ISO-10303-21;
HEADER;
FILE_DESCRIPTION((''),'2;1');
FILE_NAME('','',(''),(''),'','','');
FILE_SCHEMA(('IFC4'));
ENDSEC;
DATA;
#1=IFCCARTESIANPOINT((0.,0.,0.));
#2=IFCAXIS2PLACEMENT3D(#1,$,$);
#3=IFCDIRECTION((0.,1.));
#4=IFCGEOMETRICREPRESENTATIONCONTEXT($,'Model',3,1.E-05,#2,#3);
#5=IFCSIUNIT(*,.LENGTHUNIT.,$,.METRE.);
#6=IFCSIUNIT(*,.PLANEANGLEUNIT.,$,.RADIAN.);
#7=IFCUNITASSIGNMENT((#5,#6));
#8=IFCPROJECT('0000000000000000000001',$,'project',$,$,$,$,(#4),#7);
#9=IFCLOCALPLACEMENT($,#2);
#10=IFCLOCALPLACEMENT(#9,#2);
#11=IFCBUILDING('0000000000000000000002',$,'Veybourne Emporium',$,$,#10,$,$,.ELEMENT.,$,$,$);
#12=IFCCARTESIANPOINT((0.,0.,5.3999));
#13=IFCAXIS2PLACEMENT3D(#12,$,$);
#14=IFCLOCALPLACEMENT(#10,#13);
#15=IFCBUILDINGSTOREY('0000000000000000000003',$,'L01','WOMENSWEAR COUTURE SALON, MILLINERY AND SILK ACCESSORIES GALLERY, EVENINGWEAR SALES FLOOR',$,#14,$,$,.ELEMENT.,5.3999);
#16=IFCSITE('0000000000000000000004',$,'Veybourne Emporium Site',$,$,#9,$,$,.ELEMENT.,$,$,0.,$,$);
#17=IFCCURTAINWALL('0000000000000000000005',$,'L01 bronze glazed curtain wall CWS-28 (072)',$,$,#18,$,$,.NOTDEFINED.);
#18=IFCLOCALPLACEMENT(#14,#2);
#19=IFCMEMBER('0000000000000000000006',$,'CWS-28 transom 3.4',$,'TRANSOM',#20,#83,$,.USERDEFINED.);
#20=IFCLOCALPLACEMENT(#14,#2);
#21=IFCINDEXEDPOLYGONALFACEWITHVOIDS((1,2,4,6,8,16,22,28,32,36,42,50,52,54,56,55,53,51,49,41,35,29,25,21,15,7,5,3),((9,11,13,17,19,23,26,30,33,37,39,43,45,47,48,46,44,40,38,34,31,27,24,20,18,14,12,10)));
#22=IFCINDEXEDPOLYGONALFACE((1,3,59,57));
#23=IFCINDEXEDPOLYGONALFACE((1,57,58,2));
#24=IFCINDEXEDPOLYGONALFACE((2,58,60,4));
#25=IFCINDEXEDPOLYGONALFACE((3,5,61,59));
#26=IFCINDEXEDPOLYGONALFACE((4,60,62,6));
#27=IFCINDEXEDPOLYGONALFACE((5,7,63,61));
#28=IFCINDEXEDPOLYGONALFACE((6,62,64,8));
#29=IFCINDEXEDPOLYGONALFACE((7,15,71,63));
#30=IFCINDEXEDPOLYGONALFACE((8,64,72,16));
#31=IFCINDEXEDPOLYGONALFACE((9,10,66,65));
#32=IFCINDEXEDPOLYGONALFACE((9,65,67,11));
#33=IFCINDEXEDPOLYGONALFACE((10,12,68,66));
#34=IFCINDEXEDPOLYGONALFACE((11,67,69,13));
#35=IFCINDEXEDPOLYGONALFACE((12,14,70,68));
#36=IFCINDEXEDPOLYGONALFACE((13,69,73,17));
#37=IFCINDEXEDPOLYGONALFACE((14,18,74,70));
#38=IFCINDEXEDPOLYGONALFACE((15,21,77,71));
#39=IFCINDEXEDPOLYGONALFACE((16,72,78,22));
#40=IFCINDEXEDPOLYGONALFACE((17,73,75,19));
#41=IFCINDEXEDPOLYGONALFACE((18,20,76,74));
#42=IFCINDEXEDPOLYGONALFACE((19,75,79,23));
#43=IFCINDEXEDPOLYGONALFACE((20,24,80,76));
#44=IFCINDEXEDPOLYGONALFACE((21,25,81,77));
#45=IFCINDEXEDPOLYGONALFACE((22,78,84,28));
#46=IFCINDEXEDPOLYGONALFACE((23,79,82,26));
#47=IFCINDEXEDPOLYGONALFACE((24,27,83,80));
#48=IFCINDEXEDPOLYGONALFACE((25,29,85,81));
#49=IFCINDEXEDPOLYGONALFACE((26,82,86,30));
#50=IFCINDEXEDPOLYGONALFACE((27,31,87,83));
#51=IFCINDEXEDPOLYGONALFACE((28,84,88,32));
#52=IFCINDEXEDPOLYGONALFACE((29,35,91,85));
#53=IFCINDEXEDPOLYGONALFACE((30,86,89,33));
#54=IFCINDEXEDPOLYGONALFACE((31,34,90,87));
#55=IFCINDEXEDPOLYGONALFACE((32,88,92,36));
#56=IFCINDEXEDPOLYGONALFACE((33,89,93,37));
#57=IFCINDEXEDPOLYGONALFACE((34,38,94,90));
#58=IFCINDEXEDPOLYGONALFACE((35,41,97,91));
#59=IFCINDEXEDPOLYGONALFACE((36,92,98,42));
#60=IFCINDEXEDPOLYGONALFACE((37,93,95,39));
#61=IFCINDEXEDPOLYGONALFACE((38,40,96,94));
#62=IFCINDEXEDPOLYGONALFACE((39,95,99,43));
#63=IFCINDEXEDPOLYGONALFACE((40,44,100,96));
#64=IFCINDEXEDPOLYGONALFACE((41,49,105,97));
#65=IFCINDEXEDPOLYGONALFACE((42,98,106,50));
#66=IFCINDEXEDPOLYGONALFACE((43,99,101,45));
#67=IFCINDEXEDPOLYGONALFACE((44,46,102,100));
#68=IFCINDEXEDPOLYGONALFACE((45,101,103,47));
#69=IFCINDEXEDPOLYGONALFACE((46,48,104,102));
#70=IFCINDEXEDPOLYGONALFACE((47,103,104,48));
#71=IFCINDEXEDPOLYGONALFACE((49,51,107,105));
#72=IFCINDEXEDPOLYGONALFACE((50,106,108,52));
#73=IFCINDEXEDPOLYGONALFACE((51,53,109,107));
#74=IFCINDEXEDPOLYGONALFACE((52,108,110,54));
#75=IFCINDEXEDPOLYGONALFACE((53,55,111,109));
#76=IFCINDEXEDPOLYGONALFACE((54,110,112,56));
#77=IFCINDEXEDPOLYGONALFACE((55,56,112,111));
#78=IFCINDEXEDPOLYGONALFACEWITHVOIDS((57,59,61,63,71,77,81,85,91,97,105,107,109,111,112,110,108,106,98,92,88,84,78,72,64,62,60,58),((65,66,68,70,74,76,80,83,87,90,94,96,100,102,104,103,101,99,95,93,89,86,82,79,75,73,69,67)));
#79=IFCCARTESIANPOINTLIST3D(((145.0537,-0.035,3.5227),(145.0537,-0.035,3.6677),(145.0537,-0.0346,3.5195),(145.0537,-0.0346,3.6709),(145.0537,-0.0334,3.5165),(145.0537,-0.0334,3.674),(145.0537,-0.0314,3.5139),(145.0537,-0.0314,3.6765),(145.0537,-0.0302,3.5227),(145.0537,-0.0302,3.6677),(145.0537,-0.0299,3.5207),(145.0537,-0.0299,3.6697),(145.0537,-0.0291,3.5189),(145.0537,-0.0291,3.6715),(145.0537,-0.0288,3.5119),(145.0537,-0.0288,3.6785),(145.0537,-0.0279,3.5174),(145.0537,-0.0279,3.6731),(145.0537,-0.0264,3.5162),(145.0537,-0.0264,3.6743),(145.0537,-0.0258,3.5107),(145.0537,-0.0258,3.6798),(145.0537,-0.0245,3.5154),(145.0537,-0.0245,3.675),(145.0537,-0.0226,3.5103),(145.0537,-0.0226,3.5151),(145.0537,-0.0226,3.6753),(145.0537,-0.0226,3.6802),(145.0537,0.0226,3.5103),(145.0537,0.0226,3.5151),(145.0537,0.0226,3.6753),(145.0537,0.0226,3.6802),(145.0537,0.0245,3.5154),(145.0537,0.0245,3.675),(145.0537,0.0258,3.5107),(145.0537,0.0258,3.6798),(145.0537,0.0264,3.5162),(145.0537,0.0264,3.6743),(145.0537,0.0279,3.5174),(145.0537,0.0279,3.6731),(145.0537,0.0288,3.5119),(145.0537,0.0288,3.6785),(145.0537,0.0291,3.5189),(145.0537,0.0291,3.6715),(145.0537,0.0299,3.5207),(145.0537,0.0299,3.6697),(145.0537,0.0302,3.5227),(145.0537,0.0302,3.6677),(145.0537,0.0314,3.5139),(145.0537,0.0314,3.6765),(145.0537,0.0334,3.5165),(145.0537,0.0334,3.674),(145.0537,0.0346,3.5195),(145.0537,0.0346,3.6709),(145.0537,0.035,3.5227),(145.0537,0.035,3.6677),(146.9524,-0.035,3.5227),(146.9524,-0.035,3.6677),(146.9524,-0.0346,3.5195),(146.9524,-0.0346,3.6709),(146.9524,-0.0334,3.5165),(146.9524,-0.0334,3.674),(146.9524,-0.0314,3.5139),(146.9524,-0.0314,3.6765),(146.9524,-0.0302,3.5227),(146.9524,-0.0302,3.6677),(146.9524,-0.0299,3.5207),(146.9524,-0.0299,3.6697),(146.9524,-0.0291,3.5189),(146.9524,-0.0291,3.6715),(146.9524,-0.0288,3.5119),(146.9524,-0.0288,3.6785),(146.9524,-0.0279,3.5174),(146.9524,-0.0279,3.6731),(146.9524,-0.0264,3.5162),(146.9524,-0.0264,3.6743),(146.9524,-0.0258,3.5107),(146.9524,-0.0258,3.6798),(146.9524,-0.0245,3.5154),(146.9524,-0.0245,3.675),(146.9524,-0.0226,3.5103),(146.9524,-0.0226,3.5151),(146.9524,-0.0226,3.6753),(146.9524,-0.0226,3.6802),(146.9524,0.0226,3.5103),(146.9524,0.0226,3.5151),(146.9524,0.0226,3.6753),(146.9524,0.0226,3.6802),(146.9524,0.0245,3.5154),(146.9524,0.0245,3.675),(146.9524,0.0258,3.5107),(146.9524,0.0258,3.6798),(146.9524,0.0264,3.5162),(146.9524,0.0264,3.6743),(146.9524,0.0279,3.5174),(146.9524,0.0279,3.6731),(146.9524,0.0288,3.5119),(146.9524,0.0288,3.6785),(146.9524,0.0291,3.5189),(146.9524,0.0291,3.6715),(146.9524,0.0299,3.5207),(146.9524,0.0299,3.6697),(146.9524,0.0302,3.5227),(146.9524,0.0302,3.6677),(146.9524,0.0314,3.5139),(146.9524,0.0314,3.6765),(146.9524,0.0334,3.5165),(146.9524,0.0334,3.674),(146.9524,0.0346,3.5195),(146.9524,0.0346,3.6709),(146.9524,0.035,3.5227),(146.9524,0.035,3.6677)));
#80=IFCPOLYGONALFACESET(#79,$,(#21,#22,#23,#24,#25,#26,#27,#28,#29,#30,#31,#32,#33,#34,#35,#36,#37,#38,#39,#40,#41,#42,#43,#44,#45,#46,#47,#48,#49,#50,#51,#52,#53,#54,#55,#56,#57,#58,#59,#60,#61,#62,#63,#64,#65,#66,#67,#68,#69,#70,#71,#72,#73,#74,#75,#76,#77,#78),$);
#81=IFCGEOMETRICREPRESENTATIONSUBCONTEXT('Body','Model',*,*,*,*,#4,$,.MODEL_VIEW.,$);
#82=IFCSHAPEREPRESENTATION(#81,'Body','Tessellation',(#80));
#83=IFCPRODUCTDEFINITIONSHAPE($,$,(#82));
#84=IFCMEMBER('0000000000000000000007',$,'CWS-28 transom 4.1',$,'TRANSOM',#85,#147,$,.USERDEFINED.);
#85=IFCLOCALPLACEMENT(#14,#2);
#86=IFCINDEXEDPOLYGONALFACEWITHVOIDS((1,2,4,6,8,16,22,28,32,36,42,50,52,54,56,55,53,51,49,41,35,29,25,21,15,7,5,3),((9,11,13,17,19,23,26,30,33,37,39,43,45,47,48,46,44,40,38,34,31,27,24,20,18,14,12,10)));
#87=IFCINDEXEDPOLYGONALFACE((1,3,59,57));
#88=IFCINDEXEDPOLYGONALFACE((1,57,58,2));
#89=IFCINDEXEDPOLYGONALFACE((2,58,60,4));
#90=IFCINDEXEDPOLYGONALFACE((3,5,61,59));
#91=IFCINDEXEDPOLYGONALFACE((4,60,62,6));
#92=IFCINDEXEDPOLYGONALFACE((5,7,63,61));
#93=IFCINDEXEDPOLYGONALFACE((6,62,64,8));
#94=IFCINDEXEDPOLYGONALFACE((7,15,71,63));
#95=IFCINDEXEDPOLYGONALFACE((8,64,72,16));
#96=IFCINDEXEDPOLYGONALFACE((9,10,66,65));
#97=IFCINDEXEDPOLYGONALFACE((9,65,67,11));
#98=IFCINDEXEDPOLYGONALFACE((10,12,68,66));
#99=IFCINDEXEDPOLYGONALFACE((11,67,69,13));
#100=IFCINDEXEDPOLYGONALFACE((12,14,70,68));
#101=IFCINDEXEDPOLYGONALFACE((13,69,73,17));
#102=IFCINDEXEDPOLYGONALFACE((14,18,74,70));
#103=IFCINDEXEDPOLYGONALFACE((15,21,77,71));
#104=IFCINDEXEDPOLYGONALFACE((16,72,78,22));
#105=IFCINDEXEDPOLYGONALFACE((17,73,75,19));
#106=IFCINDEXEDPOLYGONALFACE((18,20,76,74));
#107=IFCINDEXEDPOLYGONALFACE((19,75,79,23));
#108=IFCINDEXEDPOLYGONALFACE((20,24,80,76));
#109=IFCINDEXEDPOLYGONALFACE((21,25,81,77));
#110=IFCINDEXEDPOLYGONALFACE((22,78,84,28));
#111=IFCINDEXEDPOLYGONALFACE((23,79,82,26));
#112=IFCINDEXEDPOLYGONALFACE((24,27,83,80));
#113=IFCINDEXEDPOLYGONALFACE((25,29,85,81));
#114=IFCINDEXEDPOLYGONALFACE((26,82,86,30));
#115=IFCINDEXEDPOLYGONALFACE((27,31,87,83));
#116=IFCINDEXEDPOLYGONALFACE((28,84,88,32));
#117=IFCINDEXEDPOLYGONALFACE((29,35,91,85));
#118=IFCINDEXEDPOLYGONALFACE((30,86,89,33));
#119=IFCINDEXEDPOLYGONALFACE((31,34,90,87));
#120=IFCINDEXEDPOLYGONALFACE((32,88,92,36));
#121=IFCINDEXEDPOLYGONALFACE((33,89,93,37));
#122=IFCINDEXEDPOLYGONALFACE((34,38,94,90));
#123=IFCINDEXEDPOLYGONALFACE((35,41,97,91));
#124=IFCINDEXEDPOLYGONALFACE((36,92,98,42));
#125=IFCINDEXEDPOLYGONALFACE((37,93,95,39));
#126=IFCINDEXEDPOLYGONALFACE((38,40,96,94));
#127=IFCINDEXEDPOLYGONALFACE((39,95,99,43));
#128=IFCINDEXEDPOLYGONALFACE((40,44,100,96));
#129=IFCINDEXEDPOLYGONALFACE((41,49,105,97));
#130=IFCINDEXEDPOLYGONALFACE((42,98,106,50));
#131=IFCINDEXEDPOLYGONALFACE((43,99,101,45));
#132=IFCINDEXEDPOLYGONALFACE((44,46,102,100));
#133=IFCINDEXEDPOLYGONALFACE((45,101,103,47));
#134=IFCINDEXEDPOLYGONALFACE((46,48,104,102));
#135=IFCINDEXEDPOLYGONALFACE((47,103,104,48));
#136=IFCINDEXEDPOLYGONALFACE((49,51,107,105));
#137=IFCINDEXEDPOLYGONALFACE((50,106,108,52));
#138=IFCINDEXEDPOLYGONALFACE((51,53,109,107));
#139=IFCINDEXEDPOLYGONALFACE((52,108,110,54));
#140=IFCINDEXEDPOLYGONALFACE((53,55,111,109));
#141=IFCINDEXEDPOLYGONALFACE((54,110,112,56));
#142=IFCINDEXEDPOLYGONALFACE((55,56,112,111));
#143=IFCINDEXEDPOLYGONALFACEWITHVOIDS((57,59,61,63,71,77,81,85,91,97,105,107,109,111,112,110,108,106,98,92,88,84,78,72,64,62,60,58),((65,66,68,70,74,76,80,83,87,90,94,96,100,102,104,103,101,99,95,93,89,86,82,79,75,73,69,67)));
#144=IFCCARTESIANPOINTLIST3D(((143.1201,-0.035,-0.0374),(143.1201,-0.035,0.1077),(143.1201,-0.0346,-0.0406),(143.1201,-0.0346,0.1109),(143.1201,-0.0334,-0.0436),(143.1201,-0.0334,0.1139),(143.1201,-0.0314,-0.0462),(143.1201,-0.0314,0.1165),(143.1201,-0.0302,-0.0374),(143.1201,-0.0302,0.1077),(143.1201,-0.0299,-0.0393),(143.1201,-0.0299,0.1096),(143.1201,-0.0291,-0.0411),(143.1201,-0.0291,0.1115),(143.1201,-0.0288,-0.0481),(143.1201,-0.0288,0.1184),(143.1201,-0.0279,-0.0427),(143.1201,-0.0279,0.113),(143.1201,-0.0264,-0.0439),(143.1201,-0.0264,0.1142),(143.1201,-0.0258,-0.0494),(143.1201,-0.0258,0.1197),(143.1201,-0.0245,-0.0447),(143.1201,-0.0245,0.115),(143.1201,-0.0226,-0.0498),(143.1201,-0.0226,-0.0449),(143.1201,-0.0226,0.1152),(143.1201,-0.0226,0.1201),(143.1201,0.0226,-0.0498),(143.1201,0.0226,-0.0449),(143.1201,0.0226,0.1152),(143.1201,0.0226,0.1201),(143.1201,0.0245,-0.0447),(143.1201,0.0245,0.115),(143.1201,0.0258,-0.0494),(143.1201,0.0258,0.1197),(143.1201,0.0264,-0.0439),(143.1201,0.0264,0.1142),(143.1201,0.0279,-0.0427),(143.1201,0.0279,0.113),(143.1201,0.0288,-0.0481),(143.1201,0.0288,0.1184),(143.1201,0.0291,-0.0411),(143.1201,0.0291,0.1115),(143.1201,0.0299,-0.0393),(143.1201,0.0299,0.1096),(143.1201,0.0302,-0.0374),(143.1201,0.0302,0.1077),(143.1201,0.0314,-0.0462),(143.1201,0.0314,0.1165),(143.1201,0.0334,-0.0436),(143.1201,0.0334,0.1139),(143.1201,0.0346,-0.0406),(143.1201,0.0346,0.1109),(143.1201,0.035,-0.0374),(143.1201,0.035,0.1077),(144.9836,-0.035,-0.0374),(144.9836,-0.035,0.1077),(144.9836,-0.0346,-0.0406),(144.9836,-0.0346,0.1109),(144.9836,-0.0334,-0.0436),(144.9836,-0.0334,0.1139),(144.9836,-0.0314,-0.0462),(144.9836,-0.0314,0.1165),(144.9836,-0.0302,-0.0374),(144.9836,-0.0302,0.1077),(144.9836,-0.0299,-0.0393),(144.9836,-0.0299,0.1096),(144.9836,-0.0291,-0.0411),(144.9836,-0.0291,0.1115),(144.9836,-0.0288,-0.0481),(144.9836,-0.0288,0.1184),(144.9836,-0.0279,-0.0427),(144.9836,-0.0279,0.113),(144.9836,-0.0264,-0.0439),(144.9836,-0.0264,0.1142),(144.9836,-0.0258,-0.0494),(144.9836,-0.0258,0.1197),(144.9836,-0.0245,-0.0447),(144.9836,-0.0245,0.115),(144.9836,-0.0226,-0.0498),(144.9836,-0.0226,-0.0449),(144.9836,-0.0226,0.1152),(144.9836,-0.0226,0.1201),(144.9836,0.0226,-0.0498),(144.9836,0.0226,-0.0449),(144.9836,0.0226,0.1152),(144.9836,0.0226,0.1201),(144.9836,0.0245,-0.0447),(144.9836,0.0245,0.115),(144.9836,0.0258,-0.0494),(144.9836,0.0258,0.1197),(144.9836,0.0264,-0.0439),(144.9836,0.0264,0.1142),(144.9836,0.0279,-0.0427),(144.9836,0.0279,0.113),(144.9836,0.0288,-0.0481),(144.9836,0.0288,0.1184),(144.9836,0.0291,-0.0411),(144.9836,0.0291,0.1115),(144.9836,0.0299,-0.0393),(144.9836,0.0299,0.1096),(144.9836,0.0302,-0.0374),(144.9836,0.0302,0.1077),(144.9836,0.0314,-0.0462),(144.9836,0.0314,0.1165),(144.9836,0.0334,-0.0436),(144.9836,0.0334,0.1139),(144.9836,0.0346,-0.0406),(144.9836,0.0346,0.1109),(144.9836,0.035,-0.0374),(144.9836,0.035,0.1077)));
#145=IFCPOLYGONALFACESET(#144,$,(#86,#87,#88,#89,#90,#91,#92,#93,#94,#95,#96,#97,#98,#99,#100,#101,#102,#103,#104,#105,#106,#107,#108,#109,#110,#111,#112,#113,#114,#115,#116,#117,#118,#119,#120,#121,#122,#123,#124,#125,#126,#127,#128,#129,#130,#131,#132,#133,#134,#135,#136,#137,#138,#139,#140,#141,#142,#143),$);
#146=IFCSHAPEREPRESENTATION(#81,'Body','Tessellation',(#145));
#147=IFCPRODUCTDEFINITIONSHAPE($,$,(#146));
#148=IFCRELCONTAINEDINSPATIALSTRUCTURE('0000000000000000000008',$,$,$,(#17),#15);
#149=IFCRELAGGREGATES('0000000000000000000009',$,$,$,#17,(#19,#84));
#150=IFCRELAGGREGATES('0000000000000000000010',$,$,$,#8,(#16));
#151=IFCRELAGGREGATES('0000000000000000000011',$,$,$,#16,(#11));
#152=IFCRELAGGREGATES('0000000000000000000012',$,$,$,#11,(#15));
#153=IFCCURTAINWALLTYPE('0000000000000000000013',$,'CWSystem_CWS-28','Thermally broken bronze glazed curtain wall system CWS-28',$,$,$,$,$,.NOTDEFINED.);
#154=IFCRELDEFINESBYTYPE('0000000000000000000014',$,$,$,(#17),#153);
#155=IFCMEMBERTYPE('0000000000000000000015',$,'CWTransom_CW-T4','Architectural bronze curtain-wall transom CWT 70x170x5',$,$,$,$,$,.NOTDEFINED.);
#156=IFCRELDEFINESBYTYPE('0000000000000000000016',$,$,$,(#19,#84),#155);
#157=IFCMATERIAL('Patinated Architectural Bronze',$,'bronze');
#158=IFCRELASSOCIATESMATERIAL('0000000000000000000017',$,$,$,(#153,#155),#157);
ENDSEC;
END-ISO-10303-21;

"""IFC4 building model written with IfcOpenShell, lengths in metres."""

from ifc_helpers import new_model, si_unit, direction, frame, origin, origin_2d, place, context, subcontext, project, spatial, hollow_rectangle, extrude, material, material_profile, profile_set, type_object, element, aggregate, save


model = new_model("IFC4")

# Units and contexts
model_context = context("Model", 3, precision=1e-05, world=origin(), true_north=direction((0.0, 1.0)))
body_context = subcontext(model_context, "Body", "Model", "MODEL_VIEW")
ifc_project = project(units=[si_unit("LENGTHUNIT", "METRE"), si_unit("PLANEANGLEUNIT", "RADIAN")], contexts=[model_context])

# Site, building, storey
site_placement = place(None, origin())
site = spatial("IfcSite", under=ifc_project, at=site_placement, Name="Veybourne Emporium Site", CompositionType="ELEMENT", RefElevation=0.0)
building_placement = place(site_placement, origin())
building = spatial("IfcBuilding", under=site, at=building_placement, Name="Veybourne Emporium", CompositionType="ELEMENT")
storey_placement = place(building_placement, frame((0.0, 0.0, 5.3999)))
storey = spatial("IfcBuildingStorey", under=building, at=storey_placement, Name="L01", Description="WOMENSWEAR COUTURE SALON, MILLINERY AND SILK ACCESSORIES GALLERY, EVENINGWEAR SALES FLOOR", CompositionType="ELEMENT", Elevation=5.3999)

# Curtain wall, members
ifc_material_1 = material(Name="Patinated Architectural Bronze", Category="bronze")
curtain_wall_type = type_object("IfcCurtainWallType", Name="CWSystem_CWS-28", Description="Thermally broken bronze glazed curtain wall system CWS-28", PredefinedType="NOTDEFINED", material=ifc_material_1)
curtain_wall_placement = place(storey_placement, origin())
curtain_wall = element("IfcCurtainWall", 1, at=curtain_wall_placement, inside=storey, type_object=curtain_wall_type, Name="L01 bronze glazed curtain wall CWS-28 (072)", PredefinedType="NOTDEFINED")
ifc_material_profile_1 = material_profile(ifc_material_1, hollow_rectangle(XDim=0.0701, YDim=0.1699, WallThickness=0.0049, InnerFilletRadius=0.0076, OuterFilletRadius=0.0125, at=origin_2d()), Name="CWT 70x170x5")
ifc_profile_set_1 = profile_set([ifc_material_profile_1], Name="Patinated Architectural Bronze")
member_type_1 = type_object("IfcMemberType", Name="CWTransom_CW-T4", Description="Architectural bronze curtain-wall transom CWT 70x170x5", PredefinedType="NOTDEFINED", material=ifc_profile_set_1)
member_1_placement = place(storey_placement, frame((146.9524, 0.0, 3.5952), z_axis=(-1.0, 0.0, 0.0), x_axis=(0.0, -1.0, 0.0)))
member_1 = element("IfcMember", 2, at=member_1_placement, type_object=member_type_1, Name="CWS-28 transom 3.4", ObjectType="TRANSOM", PredefinedType="USERDEFINED", context=body_context, shape_type="SweptSolid", body=[
    extrude(hollow_rectangle(XDim=0.0701, YDim=0.1699, WallThickness=0.0049, InnerFilletRadius=0.0076, OuterFilletRadius=0.0125, at=origin_2d()), origin(), (0.0, 0.0, 1.0), 1.8987),
])
member_2_placement = place(storey_placement, frame((144.9836, 0.0, 0.0352), z_axis=(-1.0, 0.0, 0.0), x_axis=(0.0, -1.0, 0.0)))
member_2 = element("IfcMember", 3, at=member_2_placement, type_object=member_type_1, Name="CWS-28 transom 4.1", ObjectType="TRANSOM", PredefinedType="USERDEFINED", context=body_context, shape_type="SweptSolid", body=[
    extrude(hollow_rectangle(XDim=0.0701, YDim=0.1699, WallThickness=0.0049, InnerFilletRadius=0.0076, OuterFilletRadius=0.0125, at=origin_2d()), origin(), (0.0, 0.0, 1.0), 1.8635),
])

aggregate(curtain_wall, [member_1, member_2])

save(model, "model.ifc")
